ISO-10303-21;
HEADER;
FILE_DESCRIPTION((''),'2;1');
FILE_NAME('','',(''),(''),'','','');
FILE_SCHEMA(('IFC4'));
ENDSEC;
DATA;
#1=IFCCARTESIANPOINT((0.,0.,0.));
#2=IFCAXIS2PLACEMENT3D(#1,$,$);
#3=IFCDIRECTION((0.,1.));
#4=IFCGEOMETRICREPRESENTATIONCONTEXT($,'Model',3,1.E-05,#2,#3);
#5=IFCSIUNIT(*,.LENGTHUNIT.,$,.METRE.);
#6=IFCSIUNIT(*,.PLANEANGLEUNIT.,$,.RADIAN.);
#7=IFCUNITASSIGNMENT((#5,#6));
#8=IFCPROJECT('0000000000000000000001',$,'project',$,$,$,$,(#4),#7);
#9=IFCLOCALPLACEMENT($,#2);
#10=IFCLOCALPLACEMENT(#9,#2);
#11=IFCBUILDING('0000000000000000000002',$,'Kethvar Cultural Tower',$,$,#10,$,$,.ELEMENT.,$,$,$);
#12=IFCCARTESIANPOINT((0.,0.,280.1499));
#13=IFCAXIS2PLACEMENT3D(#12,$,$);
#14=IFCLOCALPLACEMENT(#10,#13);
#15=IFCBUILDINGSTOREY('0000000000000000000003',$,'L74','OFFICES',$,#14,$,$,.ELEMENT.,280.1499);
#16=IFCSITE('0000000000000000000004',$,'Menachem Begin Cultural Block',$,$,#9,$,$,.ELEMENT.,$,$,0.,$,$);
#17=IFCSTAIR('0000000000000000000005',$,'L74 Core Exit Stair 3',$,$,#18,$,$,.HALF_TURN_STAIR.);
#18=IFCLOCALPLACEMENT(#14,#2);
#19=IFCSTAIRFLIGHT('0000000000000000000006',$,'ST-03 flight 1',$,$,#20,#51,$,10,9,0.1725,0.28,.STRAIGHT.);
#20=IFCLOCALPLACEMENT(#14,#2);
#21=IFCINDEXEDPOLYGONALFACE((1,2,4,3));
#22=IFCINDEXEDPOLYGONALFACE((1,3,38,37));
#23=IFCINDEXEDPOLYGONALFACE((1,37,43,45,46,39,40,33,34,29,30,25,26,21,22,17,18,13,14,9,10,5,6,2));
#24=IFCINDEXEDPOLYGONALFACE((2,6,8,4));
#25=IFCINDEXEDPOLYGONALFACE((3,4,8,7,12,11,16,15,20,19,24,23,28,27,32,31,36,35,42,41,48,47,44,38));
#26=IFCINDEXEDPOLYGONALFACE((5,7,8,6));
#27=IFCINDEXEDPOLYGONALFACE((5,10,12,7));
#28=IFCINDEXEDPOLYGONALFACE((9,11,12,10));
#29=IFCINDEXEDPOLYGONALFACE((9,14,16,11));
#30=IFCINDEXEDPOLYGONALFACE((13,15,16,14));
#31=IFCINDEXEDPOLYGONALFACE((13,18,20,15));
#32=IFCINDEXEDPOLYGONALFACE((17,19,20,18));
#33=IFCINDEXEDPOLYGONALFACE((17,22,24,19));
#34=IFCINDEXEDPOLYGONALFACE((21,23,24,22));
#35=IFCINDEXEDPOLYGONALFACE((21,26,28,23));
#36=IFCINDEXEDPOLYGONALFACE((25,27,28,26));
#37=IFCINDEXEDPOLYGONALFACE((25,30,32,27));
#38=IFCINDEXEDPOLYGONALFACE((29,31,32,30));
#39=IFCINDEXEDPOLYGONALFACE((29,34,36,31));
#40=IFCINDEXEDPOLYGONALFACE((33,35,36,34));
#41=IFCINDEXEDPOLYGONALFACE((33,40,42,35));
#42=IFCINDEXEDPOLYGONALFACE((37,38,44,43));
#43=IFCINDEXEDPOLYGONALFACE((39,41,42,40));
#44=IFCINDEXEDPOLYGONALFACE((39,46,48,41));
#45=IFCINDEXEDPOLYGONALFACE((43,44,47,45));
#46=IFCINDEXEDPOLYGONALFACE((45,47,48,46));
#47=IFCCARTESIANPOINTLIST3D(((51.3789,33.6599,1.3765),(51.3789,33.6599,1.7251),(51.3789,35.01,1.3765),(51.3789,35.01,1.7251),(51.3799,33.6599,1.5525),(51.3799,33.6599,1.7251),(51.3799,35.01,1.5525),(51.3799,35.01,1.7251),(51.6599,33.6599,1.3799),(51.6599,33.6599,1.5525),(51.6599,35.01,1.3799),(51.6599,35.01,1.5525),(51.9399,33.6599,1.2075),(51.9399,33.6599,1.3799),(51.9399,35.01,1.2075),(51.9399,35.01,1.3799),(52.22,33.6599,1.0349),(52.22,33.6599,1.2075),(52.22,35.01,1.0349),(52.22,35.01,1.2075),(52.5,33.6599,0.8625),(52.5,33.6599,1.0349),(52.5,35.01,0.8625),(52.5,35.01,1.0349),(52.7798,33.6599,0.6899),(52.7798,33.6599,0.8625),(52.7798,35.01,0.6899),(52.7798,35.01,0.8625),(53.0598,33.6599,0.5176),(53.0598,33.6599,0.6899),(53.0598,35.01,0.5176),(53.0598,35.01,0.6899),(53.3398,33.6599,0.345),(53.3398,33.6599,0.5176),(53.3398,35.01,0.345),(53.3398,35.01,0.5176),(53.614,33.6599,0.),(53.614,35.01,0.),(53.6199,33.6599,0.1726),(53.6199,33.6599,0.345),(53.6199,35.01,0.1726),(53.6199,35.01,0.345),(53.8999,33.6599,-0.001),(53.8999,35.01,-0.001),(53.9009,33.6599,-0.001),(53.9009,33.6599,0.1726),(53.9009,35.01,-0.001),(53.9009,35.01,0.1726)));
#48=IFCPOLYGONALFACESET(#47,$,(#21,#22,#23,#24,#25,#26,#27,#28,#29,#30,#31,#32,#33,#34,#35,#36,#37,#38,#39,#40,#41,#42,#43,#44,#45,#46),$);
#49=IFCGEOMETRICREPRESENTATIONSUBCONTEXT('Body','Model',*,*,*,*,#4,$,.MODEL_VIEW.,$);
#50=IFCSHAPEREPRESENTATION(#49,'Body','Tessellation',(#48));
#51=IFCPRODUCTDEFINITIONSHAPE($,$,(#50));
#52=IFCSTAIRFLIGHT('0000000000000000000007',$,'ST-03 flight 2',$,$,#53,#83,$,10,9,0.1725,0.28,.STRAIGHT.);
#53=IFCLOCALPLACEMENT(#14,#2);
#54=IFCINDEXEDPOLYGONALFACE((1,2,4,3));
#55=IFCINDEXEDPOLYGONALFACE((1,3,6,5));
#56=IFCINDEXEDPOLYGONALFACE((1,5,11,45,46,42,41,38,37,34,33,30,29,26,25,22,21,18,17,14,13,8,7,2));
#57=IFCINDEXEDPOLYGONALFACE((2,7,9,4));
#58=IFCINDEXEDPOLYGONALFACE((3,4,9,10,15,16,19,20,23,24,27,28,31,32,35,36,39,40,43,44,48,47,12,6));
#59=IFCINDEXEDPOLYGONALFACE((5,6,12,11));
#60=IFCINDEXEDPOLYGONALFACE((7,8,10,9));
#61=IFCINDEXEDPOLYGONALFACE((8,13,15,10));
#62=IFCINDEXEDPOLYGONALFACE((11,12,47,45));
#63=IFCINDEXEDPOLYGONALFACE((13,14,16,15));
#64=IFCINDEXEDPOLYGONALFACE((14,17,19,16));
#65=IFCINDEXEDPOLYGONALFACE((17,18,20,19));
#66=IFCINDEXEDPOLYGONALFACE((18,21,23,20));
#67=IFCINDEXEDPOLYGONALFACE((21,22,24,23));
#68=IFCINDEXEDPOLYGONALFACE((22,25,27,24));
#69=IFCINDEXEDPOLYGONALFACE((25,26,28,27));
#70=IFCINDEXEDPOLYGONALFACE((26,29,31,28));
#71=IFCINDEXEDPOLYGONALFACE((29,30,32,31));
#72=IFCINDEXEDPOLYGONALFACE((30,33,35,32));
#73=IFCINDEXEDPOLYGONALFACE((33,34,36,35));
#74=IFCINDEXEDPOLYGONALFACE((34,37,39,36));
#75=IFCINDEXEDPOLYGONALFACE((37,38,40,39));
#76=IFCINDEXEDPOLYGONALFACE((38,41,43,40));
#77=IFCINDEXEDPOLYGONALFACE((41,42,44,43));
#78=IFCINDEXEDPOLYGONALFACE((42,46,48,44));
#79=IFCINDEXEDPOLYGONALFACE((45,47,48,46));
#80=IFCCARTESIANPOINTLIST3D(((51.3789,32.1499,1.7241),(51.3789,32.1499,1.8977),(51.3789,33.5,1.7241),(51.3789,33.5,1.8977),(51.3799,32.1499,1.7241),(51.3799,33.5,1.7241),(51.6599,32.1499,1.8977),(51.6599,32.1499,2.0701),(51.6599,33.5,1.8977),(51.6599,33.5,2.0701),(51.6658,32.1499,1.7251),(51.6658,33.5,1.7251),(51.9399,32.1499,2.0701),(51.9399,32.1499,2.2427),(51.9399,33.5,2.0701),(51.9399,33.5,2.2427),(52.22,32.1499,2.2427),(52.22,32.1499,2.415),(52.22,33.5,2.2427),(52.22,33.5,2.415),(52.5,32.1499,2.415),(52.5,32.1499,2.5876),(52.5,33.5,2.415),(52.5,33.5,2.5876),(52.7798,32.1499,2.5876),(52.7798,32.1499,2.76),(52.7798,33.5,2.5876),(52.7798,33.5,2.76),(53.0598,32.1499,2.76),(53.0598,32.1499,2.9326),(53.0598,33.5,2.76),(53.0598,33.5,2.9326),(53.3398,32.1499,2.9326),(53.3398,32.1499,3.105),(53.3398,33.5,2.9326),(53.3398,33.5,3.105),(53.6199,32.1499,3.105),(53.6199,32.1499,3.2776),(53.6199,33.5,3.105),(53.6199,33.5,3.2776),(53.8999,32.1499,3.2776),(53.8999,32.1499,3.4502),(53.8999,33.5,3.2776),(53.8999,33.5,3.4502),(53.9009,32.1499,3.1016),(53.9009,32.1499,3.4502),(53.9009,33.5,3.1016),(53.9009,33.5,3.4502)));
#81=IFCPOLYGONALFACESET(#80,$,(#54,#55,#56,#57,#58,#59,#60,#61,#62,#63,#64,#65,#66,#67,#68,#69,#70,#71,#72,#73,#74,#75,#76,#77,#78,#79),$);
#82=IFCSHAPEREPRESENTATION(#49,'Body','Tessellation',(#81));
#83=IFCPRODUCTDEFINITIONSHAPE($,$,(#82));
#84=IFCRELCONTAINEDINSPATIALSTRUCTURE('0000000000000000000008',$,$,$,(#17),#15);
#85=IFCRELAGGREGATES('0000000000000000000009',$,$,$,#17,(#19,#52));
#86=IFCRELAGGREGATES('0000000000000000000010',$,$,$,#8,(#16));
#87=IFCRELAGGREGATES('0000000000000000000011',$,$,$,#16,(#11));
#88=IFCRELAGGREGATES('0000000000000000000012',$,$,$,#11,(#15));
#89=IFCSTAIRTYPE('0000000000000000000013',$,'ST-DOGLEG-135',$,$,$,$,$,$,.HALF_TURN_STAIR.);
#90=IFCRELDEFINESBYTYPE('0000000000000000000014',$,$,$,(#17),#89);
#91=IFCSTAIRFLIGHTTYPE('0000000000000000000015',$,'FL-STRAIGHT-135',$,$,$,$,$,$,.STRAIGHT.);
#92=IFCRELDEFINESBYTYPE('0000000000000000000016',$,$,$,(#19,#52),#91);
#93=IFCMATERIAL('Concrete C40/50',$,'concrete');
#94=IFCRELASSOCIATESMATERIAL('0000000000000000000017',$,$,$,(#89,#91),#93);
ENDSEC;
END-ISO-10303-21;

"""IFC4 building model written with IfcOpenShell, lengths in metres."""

from ifc_helpers import new_model, si_unit, direction, frame, origin, place, context, subcontext, project, spatial, polyline, outline, extrude, material, type_object, element, aggregate, save


model = new_model("IFC4")

# Units and contexts
model_context = context("Model", 3, precision=1e-05, world=origin(), true_north=direction((0.0, 1.0)))
body_context = subcontext(model_context, "Body", "Model", "MODEL_VIEW")
ifc_project = project(units=[si_unit("LENGTHUNIT", "METRE"), si_unit("PLANEANGLEUNIT", "RADIAN")], contexts=[model_context])

# Site, building, storey
site_placement = place(None, origin())
site = spatial("IfcSite", under=ifc_project, at=site_placement, Name="Menachem Begin Cultural Block", CompositionType="ELEMENT", RefElevation=0.0)
building_placement = place(site_placement, origin())
building = spatial("IfcBuilding", under=site, at=building_placement, Name="Kethvar Cultural Tower", CompositionType="ELEMENT")
storey_placement = place(building_placement, frame((0.0, 0.0, 280.1499)))
storey = spatial("IfcBuildingStorey", under=building, at=storey_placement, Name="L74", Description="OFFICES", CompositionType="ELEMENT", Elevation=280.1499)

# Shared definitions
ifc_material_1 = material(Name="Concrete C40/50", Category="concrete")

# Stair, stair flights
stair_type = type_object("IfcStairType", Name="ST-DOGLEG-135", PredefinedType="HALF_TURN_STAIR", material=ifc_material_1)
stair_placement = place(storey_placement, origin())
stair = element("IfcStair", 1, at=stair_placement, inside=storey, type_object=stair_type, Name="L74 Core Exit Stair 3", PredefinedType="HALF_TURN_STAIR")
stair_flight_type = type_object("IfcStairFlightType", Name="FL-STRAIGHT-135", PredefinedType="STRAIGHT", material=ifc_material_1)
stair_flight_1_placement = place(storey_placement, frame((53.8999, 34.335, 0.0), z_axis=(0.0, 0.0, 1.0), x_axis=(-1.0, 0.0, 0.0)))
stair_flight_1 = element("IfcStairFlight", 2, at=stair_flight_1_placement, type_object=stair_flight_type, Name="ST-03 flight 1", NumberOfRisers=10, NumberOfTreads=9, PredefinedType="STRAIGHT", RiserHeight=0.1725, TreadLength=0.28, context=body_context, shape_type="SweptSolid", body=[
    extrude(outline(polyline([(-0.001, -0.001), (-0.001, 0.1726), (0.28, 0.1726), (0.28, 0.345), (0.5601, 0.345), (0.5601, 0.5176), (0.8401, 0.5176), (0.8401, 0.6899), (1.1201, 0.6899), (1.1201, 0.8625), (1.3999, 0.8625), (1.3999, 1.0349), (1.6799, 1.0349), (1.6799, 1.2075), (1.96, 1.2075), (1.96, 1.3799), (2.24, 1.3799), (2.24, 1.5525), (2.52, 1.5525), (2.52, 1.7251), (2.521, 1.7251), (2.521, 1.3765), (0.2859, 0.0), (0.0, -0.001), (-0.001, -0.001)])), frame((0.0, 0.675, 0.0), z_axis=(0.0, -1.0, 0.0), x_axis=(1.0, 0.0, 0.0)), (0.0, 0.0, 1.0), 1.3501),
])
stair_flight_2_placement = place(storey_placement, frame((51.3799, 32.825, 1.7251), z_axis=(0.0, 0.0, 1.0), x_axis=(1.0, 0.0, 0.0)))
stair_flight_2 = element("IfcStairFlight", 3, at=stair_flight_2_placement, type_object=stair_flight_type, Name="ST-03 flight 2", NumberOfRisers=10, NumberOfTreads=9, PredefinedType="STRAIGHT", RiserHeight=0.1725, TreadLength=0.28, context=body_context, shape_type="SweptSolid", body=[
    extrude(outline(polyline([(-0.001, -0.001), (-0.001, 0.1726), (0.28, 0.1726), (0.28, 0.345), (0.5601, 0.345), (0.5601, 0.5176), (0.8401, 0.5176), (0.8401, 0.6899), (1.1201, 0.6899), (1.1201, 0.8625), (1.3999, 0.8625), (1.3999, 1.0349), (1.6799, 1.0349), (1.6799, 1.2075), (1.96, 1.2075), (1.96, 1.3799), (2.24, 1.3799), (2.24, 1.5525), (2.52, 1.5525), (2.52, 1.7251), (2.521, 1.7251), (2.521, 1.3765), (0.2859, 0.0), (0.0, -0.001), (-0.001, -0.001)])), frame((0.0, 0.675, 0.0), z_axis=(0.0, -1.0, 0.0), x_axis=(1.0, 0.0, 0.0)), (0.0, 0.0, 1.0), 1.3501),
])
aggregate(stair, [stair_flight_1, stair_flight_2])

save(model, "model.ifc")
